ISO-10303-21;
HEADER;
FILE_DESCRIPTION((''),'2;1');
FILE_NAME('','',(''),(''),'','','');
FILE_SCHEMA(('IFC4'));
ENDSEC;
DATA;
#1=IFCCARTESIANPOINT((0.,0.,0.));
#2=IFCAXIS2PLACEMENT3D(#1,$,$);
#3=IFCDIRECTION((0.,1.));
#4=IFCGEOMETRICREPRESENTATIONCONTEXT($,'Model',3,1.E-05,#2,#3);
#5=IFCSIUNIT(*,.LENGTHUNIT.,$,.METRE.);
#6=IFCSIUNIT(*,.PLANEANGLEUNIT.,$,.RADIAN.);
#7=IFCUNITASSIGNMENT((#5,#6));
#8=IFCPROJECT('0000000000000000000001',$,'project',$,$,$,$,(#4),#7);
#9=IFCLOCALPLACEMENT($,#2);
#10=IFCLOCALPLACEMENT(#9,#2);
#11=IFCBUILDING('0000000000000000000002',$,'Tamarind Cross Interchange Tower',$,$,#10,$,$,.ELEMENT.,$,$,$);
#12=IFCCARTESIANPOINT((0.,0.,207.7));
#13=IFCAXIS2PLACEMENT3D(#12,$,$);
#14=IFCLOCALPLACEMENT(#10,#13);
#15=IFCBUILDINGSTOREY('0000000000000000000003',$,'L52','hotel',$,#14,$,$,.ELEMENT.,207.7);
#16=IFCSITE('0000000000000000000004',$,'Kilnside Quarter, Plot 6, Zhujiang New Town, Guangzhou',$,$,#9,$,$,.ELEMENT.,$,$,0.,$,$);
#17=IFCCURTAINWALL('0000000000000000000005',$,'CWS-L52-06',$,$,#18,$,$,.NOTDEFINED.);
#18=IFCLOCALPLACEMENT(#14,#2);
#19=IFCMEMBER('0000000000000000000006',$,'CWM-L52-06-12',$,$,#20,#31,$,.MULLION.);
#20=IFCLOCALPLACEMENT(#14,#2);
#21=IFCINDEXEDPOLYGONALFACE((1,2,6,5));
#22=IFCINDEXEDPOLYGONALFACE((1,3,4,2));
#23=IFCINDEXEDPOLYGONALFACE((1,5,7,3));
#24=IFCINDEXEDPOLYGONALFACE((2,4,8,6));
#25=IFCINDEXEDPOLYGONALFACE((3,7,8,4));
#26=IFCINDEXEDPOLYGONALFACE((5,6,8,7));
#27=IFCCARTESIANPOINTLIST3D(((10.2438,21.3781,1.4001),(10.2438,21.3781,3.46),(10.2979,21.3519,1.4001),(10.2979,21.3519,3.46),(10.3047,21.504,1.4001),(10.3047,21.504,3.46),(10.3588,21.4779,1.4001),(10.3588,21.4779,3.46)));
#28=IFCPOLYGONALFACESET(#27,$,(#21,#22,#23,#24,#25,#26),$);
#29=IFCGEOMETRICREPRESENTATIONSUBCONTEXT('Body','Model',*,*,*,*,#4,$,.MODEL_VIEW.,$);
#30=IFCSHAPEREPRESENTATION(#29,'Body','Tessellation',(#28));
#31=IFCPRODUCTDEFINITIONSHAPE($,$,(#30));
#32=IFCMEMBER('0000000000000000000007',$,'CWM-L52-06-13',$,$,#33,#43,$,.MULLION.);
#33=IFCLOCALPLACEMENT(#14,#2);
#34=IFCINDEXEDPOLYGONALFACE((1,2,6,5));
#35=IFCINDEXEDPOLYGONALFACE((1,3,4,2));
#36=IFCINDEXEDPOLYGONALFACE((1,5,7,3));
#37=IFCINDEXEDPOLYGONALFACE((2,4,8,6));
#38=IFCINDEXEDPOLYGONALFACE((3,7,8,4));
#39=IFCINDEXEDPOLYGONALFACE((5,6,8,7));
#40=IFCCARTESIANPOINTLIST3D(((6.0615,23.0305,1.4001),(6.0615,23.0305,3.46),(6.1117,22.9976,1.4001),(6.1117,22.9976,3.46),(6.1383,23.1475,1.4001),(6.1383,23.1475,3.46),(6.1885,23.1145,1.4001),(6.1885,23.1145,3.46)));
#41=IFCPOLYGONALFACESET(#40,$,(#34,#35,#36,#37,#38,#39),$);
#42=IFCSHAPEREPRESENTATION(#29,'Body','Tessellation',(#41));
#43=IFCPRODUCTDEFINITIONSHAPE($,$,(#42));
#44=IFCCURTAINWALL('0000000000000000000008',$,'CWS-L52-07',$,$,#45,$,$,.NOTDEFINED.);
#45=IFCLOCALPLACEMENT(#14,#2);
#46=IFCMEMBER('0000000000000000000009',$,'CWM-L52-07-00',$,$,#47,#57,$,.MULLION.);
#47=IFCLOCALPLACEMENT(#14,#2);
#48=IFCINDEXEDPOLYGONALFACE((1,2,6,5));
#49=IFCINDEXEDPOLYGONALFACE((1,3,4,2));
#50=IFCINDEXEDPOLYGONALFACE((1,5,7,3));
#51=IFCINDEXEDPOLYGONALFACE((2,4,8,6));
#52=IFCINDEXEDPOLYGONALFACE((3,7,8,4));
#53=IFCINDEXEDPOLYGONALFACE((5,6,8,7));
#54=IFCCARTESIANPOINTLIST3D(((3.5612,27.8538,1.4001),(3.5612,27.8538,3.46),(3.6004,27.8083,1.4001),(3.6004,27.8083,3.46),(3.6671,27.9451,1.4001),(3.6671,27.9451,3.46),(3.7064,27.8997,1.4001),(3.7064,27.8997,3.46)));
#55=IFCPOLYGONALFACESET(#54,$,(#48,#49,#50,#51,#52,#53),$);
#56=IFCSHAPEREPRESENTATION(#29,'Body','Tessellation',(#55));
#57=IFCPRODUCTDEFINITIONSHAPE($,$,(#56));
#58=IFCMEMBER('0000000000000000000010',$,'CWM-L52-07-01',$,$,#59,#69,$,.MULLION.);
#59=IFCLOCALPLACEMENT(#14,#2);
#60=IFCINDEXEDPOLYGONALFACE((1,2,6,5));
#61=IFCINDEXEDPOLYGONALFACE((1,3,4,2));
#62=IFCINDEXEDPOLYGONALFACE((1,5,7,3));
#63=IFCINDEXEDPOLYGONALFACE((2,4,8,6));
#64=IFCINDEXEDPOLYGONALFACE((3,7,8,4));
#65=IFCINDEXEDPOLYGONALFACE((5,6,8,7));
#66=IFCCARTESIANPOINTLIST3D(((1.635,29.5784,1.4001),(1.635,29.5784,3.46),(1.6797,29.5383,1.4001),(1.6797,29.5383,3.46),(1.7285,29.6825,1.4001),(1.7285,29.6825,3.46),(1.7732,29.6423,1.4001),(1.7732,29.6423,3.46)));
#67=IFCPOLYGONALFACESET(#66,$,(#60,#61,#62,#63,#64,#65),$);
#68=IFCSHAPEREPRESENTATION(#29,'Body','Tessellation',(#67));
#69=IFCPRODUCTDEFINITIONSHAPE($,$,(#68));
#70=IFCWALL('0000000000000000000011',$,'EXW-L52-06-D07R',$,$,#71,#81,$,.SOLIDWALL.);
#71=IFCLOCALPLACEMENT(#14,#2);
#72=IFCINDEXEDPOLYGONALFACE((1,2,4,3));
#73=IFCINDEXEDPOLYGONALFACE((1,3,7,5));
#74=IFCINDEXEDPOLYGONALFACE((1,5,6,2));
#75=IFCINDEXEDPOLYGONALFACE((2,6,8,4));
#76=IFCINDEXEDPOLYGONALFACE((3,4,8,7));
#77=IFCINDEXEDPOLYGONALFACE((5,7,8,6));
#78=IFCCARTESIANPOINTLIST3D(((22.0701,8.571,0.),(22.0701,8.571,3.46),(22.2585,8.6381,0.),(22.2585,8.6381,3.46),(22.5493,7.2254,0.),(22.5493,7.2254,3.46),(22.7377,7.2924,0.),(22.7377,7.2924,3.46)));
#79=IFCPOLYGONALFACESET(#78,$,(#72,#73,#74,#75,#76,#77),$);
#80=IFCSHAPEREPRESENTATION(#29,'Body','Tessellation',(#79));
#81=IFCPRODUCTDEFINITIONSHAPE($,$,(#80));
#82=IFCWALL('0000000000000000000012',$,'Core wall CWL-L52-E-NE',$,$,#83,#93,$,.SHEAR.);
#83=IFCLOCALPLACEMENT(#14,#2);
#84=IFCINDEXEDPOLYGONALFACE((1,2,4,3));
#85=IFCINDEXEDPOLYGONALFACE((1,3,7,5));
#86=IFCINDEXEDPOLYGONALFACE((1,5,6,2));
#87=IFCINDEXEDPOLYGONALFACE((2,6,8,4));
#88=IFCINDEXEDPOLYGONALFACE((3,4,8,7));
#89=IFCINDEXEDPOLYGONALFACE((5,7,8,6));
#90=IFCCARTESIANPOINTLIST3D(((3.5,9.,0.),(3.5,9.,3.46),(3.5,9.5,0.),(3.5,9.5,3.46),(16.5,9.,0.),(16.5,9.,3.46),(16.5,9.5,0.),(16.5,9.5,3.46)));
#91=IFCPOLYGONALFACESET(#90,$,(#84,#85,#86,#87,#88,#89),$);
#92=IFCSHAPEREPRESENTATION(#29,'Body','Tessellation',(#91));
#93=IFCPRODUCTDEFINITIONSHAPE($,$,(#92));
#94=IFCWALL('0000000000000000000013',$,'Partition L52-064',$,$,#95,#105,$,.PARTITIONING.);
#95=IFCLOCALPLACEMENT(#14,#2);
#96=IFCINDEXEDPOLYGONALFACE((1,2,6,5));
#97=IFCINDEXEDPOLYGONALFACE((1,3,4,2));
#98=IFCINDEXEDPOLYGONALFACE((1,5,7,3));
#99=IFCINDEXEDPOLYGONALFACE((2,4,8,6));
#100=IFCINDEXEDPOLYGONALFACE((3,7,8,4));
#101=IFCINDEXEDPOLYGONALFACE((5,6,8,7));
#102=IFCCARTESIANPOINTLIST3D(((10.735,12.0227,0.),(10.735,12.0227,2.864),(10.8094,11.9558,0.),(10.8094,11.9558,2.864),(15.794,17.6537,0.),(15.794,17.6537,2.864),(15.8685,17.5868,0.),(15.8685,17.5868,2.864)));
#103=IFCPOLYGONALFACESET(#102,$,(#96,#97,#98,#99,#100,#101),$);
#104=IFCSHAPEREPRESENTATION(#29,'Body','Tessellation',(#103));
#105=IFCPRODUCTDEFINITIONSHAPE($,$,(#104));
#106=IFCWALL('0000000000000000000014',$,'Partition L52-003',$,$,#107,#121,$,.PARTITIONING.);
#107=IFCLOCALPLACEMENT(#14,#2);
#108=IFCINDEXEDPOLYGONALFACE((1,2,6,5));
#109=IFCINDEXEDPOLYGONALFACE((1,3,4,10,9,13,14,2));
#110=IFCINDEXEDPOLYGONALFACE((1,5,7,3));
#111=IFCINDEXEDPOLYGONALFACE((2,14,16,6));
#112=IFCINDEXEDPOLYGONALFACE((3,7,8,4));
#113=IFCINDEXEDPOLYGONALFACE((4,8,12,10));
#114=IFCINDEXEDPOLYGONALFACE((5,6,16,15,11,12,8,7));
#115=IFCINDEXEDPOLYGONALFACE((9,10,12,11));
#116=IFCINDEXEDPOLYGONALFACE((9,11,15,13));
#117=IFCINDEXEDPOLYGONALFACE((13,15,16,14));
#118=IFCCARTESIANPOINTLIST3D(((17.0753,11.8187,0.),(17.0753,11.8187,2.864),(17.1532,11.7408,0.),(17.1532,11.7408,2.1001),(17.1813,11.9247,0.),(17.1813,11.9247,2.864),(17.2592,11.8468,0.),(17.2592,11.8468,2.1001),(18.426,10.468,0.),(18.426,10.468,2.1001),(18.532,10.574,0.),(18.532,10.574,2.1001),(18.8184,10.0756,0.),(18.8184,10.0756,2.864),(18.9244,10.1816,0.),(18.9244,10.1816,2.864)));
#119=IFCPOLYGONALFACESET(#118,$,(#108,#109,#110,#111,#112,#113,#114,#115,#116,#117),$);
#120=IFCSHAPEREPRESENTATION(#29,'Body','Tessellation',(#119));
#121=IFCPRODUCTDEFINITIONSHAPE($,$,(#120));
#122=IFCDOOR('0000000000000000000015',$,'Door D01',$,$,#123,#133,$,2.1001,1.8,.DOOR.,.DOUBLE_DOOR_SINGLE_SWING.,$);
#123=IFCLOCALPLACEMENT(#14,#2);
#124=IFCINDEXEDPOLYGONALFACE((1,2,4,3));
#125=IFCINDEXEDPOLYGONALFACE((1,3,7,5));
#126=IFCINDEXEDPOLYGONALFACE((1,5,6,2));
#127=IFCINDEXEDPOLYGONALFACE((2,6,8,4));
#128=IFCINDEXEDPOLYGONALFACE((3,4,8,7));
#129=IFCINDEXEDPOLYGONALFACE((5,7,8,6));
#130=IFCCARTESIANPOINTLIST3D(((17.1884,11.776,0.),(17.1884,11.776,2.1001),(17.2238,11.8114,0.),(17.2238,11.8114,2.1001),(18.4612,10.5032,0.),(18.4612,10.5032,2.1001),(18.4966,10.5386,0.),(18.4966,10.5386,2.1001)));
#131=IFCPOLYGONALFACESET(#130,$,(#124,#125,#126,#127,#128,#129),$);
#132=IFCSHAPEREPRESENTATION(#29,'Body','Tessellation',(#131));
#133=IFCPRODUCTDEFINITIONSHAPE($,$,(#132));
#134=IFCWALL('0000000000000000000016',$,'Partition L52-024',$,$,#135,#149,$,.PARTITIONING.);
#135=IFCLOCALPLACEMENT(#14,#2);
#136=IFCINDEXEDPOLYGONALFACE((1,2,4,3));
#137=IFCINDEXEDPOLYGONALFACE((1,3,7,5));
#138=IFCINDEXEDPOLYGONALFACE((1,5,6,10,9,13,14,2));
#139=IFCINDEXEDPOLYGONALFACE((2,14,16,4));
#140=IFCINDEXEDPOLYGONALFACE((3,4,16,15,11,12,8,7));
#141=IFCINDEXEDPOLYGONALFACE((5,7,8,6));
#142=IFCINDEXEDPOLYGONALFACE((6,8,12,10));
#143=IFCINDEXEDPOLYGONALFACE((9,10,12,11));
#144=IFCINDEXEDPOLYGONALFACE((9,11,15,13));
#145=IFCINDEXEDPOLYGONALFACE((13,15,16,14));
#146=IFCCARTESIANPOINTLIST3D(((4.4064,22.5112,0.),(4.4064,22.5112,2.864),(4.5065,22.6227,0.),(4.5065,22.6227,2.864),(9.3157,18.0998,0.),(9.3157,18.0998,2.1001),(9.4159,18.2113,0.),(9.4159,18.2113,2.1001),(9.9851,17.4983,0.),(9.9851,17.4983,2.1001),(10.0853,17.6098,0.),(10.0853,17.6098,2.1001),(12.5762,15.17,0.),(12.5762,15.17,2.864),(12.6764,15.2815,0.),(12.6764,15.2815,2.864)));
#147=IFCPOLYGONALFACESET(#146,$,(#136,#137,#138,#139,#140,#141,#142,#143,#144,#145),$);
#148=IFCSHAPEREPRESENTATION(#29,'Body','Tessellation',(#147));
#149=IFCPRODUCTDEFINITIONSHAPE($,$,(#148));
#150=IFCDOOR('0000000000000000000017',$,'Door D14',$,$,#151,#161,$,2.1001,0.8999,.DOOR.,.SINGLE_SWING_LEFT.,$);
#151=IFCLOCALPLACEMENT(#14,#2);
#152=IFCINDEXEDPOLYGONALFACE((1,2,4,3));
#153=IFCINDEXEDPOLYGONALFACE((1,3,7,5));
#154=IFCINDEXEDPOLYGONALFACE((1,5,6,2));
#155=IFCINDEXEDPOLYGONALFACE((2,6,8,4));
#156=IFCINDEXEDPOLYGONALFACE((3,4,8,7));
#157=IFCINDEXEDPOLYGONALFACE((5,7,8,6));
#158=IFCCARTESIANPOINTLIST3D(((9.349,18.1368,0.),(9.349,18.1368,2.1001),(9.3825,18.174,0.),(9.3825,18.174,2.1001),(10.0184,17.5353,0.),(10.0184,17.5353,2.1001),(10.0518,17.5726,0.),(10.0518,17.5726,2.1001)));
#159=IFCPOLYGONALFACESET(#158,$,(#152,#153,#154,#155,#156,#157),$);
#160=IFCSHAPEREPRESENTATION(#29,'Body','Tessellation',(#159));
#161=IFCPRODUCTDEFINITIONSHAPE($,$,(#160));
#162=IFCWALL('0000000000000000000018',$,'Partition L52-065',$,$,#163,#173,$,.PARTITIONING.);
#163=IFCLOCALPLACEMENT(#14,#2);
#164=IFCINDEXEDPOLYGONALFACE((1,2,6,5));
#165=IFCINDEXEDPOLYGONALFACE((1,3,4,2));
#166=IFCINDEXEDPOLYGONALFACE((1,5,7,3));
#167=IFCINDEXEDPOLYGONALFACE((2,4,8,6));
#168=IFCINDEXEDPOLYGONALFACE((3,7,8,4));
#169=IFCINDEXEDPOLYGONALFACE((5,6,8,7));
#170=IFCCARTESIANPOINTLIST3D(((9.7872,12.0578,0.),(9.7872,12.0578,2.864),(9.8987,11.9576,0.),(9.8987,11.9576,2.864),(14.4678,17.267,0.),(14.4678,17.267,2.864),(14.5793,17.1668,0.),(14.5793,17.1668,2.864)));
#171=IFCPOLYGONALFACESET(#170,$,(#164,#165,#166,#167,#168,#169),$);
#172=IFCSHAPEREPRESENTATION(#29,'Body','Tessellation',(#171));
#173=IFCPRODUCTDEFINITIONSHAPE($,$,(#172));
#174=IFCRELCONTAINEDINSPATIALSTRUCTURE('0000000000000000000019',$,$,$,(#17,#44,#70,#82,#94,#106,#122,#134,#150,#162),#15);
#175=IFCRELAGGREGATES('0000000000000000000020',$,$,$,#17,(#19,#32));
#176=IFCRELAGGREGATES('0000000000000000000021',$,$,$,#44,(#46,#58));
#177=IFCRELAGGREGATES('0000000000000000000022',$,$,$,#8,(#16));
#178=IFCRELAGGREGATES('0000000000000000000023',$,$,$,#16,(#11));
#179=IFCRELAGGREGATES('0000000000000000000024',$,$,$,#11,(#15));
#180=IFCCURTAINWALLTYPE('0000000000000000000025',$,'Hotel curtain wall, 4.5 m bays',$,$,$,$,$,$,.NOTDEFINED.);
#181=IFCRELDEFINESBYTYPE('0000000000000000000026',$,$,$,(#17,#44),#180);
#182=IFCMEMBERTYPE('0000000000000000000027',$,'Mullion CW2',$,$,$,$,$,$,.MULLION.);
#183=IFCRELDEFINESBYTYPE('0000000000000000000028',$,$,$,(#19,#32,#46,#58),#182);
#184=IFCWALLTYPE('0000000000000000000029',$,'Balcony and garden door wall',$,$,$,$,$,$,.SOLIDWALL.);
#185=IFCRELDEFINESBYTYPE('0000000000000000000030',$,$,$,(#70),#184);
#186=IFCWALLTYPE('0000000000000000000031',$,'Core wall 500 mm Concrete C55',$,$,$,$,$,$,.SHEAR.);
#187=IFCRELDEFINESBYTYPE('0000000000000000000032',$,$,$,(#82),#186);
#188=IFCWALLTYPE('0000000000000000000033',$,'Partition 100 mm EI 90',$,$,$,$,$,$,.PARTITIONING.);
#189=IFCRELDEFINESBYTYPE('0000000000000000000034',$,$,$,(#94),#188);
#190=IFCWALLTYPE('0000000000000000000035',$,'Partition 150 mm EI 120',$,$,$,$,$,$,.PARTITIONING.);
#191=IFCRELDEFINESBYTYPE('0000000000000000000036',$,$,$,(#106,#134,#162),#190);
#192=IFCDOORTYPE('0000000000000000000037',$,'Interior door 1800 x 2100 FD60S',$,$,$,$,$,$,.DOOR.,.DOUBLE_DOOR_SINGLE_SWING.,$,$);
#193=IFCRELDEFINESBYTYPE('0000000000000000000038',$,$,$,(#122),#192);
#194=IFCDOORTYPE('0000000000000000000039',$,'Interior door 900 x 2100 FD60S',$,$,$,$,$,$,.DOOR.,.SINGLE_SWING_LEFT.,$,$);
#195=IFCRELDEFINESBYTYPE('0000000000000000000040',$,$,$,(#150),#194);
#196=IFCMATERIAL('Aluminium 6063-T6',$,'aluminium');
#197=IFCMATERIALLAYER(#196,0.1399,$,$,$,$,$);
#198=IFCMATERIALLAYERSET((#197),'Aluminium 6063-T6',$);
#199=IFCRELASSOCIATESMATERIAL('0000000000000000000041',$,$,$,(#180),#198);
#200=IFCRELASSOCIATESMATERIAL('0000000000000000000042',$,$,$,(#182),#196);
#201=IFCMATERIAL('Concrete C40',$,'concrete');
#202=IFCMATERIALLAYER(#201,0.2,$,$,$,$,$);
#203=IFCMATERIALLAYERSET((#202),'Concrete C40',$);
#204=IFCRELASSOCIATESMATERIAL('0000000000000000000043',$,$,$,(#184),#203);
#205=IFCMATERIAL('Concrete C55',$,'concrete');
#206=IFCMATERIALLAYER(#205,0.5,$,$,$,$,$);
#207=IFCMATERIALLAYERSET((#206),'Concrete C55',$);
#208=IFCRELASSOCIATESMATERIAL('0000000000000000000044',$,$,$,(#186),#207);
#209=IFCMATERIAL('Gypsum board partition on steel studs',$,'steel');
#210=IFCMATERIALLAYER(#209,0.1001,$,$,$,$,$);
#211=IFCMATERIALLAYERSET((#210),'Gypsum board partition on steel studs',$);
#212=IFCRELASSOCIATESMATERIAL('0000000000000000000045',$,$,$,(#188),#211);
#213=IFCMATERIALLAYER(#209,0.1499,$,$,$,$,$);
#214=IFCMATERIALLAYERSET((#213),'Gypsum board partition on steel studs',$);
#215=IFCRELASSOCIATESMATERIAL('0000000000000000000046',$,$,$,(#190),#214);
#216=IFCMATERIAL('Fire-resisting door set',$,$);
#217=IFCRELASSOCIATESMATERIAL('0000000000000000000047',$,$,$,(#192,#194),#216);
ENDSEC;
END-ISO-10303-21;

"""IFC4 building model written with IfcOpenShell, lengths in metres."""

from ifc_helpers import new_model, si_unit, direction, frame, frame_2d, origin, origin_2d, place, context, subcontext, project, spatial, rectangle, extrude, material, layer, layer_set, material_profile, profile_set, type_object, element, fill, aggregate, save


model = new_model("IFC4")

# Units and contexts
model_context = context("Model", 3, precision=1e-05, world=origin(), true_north=direction((0.0, 1.0)))
body_context = subcontext(model_context, "Body", "Model", "MODEL_VIEW")
ifc_project = project(units=[si_unit("LENGTHUNIT", "METRE"), si_unit("PLANEANGLEUNIT", "RADIAN")], contexts=[model_context])

# Site, building, storey
site_placement = place(None, origin())
site = spatial("IfcSite", under=ifc_project, at=site_placement, Name="Kilnside Quarter, Plot 6, Zhujiang New Town, Guangzhou", CompositionType="ELEMENT", RefElevation=0.0)
building_placement = place(site_placement, origin())
building = spatial("IfcBuilding", under=site, at=building_placement, Name="Tamarind Cross Interchange Tower", CompositionType="ELEMENT")
storey_placement = place(building_placement, frame((0.0, 0.0, 207.7)))
storey = spatial("IfcBuildingStorey", under=building, at=storey_placement, Name="L52", Description="hotel", CompositionType="ELEMENT", Elevation=207.7)

# Shared definitions
ifc_material_1 = material(Name="Concrete C55", Category="concrete")

# Curtain walls, members
ifc_material_2 = material(Name="Aluminium 6063-T6", Category="aluminium")
ifc_layer_1 = layer(ifc_material_2, 0.1399)
ifc_layer_set_1 = layer_set([ifc_layer_1], Name="Aluminium 6063-T6")
curtain_wall_type = type_object("IfcCurtainWallType", Name="Hotel curtain wall, 4.5 m bays", PredefinedType="NOTDEFINED", material=ifc_layer_set_1)
curtain_wall_1_placement = place(storey_placement, origin())
curtain_wall_1 = element("IfcCurtainWall", 1, at=curtain_wall_1_placement, inside=storey, type_object=curtain_wall_type, Name="CWS-L52-06", PredefinedType="NOTDEFINED")
ifc_material_profile_1 = material_profile(ifc_material_2, rectangle(XDim=0.0601, YDim=0.1399, at=origin_2d()), Name="Mullion CW2")
ifc_profile_set_1 = profile_set([ifc_material_profile_1], Name="Aluminium 6063-T6")
member_type = type_object("IfcMemberType", Name="Mullion CW2", PredefinedType="MULLION", material=ifc_profile_set_1)
member_1_placement = place(storey_placement, frame((10.3013, 21.428, 1.4001), z_axis=(0.0, 0.0, 1.0), x_axis=(-0.900273, 0.435326, 0.0)))
member_1 = element("IfcMember", 2, at=member_1_placement, type_object=member_type, Name="CWM-L52-06-12", PredefinedType="MULLION", context=body_context, shape_type="SweptSolid", body=[
    extrude(rectangle(XDim=0.0601, YDim=0.1399, at=origin_2d()), origin(), (0.0, 0.0, 1.0), 2.0598),
])
member_2_placement = place(storey_placement, frame((6.125, 23.0725, 1.4001), z_axis=(0.0, 0.0, 1.0), x_axis=(-0.835753, 0.549105, 0.0)))
member_2 = element("IfcMember", 3, at=member_2_placement, type_object=member_type, Name="CWM-L52-06-13", PredefinedType="MULLION", context=body_context, shape_type="SweptSolid", body=[
    extrude(rectangle(XDim=0.0601, YDim=0.1399, at=origin_2d()), origin(), (0.0, 0.0, 1.0), 2.0598),
])
aggregate(curtain_wall_1, [member_1, member_2])
curtain_wall_2_placement = place(storey_placement, origin())
curtain_wall_2 = element("IfcCurtainWall", 4, at=curtain_wall_2_placement, inside=storey, type_object=curtain_wall_type, Name="CWS-L52-07", PredefinedType="NOTDEFINED")
member_3_placement = place(storey_placement, frame((3.6338, 27.8767, 1.4001), z_axis=(0.0, 0.0, 1.0), x_axis=(-0.653112, 0.757261, 0.0)))
member_3 = element("IfcMember", 5, at=member_3_placement, type_object=member_type, Name="CWM-L52-07-00", PredefinedType="MULLION", context=body_context, shape_type="SweptSolid", body=[
    extrude(rectangle(XDim=0.0601, YDim=0.1399, at=origin_2d()), origin(), (0.0, 0.0, 1.0), 2.0598),
])
member_4_placement = place(storey_placement, frame((1.7041, 29.6104, 1.4001), z_axis=(0.0, 0.0, 1.0), x_axis=(-0.743854, 0.668342, 0.0)))
member_4 = element("IfcMember", 6, at=member_4_placement, type_object=member_type, Name="CWM-L52-07-01", PredefinedType="MULLION", context=body_context, shape_type="SweptSolid", body=[
    extrude(rectangle(XDim=0.0601, YDim=0.1399, at=origin_2d()), origin(), (0.0, 0.0, 1.0), 2.0598),
])
aggregate(curtain_wall_2, [member_3, member_4])

# Walls
ifc_material_3 = material(Name="Concrete C40", Category="concrete")
ifc_layer_2 = layer(ifc_material_3, 0.2)
ifc_layer_set_2 = layer_set([ifc_layer_2], Name="Concrete C40")
wall_type_1 = type_object("IfcWallType", Name="Balcony and garden door wall", PredefinedType="SOLIDWALL", material=ifc_layer_set_2)
wall_1_placement = place(storey_placement, frame((22.6436, 7.2588, 0.0), z_axis=(0.0, 0.0, 1.0), x_axis=(-0.335492, 0.942043, 0.0)))
element("IfcWall", 7, at=wall_1_placement, inside=storey, type_object=wall_type_1, Name="EXW-L52-06-D07R", PredefinedType="SOLIDWALL", context=body_context, shape_type="SweptSolid", body=[
    extrude(rectangle(XDim=1.4285, YDim=0.2, at=frame_2d((0.7144, 0.0))), origin(), (0.0, 0.0, 1.0), 3.46),
])
ifc_layer_3 = layer(ifc_material_1, 0.5)
ifc_layer_set_3 = layer_set([ifc_layer_3], Name="Concrete C55")
wall_type_2 = type_object("IfcWallType", Name="Core wall 500 mm Concrete C55", PredefinedType="SHEAR", material=ifc_layer_set_3)
wall_2_placement = place(storey_placement, frame((16.5, 9.25, 0.0), z_axis=(0.0, 0.0, 1.0), x_axis=(-1.0, 0.0, 0.0)))
element("IfcWall", 8, at=wall_2_placement, inside=storey, type_object=wall_type_2, Name="Core wall CWL-L52-E-NE", PredefinedType="SHEAR", context=body_context, shape_type="SweptSolid", body=[
    extrude(rectangle(XDim=13.0, YDim=0.5, at=frame_2d((6.5, 0.0))), origin(), (0.0, 0.0, 1.0), 3.46),
])
ifc_material_4 = material(Name="Gypsum board partition on steel studs", Category="steel")
ifc_layer_4 = layer(ifc_material_4, 0.1001)
ifc_layer_set_4 = layer_set([ifc_layer_4], Name="Gypsum board partition on steel studs")
wall_type_3 = type_object("IfcWallType", Name="Partition 100 mm EI 90", PredefinedType="PARTITIONING", material=ifc_layer_set_4)
wall_3_placement = place(storey_placement, frame((10.7722, 11.9893, 0.0), z_axis=(0.0, 0.0, 1.0), x_axis=(0.668314, 0.743879, 0.0)))
element("IfcWall", 9, at=wall_3_placement, inside=storey, type_object=wall_type_3, Name="Partition L52-064", PredefinedType="PARTITIONING", context=body_context, shape_type="SweptSolid", body=[
    extrude(rectangle(XDim=7.5698, YDim=0.1001, at=frame_2d((3.7849, 0.0))), origin(), (0.0, 0.0, 1.0), 2.864),
])

# Walls, openings, doors
ifc_layer_5 = layer(ifc_material_4, 0.1499)
ifc_layer_set_5 = layer_set([ifc_layer_5], Name="Gypsum board partition on steel studs")
wall_type_4 = type_object("IfcWallType", Name="Partition 150 mm EI 120", PredefinedType="PARTITIONING", material=ifc_layer_set_5)
wall_4_placement = place(storey_placement, frame((17.1284, 11.8716, 0.0), z_axis=(0.0, 0.0, 1.0), x_axis=(0.707107, -0.707107, 0.0)))
wall_4 = element("IfcWall", 10, at=wall_4_placement, inside=storey, type_object=wall_type_4, Name="Partition L52-003", PredefinedType="PARTITIONING", context=body_context, shape_type="SweptSolid", body=[
    extrude(rectangle(XDim=2.4651, YDim=0.1499, at=frame_2d((1.2324, 0.0))), origin(), (0.0, 0.0, 1.0), 2.864),
])
opening_1_placement = place(wall_4_placement, frame((0.1101, 0.0, 0.0)))
opening_1 = element("IfcOpeningElement", 11, at=opening_1_placement, cuts=wall_4, PredefinedType="OPENING", context=body_context, shape_type="SweptSolid", body=[
    extrude(rectangle(XDim=1.8, YDim=2.1001, at=frame_2d((0.8999, 1.05))), frame((0.0, 0.085, 0.0), z_axis=(0.0, -1.0, 0.0), x_axis=(1.0, 0.0, 0.0)), (0.0, 0.0, 1.0), 0.1699),
])
ifc_material_5 = material(Name="Fire-resisting door set")
door_type_1 = type_object("IfcDoorType", Name="Interior door 1800 x 2100 FD60S", OperationType="DOUBLE_DOOR_SINGLE_SWING", PredefinedType="DOOR", material=ifc_material_5)
door_1_placement = place(opening_1_placement, origin())
door_1 = element("IfcDoor", 12, at=door_1_placement, inside=storey, type_object=door_type_1, Name="Door D01", OperationType="DOUBLE_DOOR_SINGLE_SWING", OverallHeight=2.1001, OverallWidth=1.8, PredefinedType="DOOR", context=body_context, shape_type="SweptSolid", body=[
    extrude(rectangle(XDim=1.8, YDim=2.1001, at=frame_2d((0.8999, 1.05))), frame((0.0, 0.0249, 0.0), z_axis=(0.0, -1.0, 0.0), x_axis=(1.0, 0.0, 0.0)), (0.0, 0.0, 1.0), 0.05),
])
fill(opening_1, door_1)
wall_5_placement = place(storey_placement, frame((4.4565, 22.5669, 0.0), z_axis=(0.0, 0.0, 1.0), x_axis=(0.74382, -0.66838, 0.0)))
wall_5 = element("IfcWall", 13, at=wall_5_placement, inside=storey, type_object=wall_type_4, Name="Partition L52-024", PredefinedType="PARTITIONING", context=body_context, shape_type="SweptSolid", body=[
    extrude(rectangle(XDim=10.9836, YDim=0.1499, at=frame_2d((5.4917, 0.0))), origin(), (0.0, 0.0, 1.0), 2.864),
])
opening_2_placement = place(wall_5_placement, frame((6.6001, 0.0, 0.0)))
opening_2 = element("IfcOpeningElement", 14, at=opening_2_placement, cuts=wall_5, PredefinedType="OPENING", context=body_context, shape_type="SweptSolid", body=[
    extrude(rectangle(XDim=0.8999, YDim=2.1001, at=frame_2d((0.45, 1.05))), frame((0.0, 0.085, 0.0), z_axis=(0.0, -1.0, 0.0), x_axis=(1.0, 0.0, 0.0)), (0.0, 0.0, 1.0), 0.1699),
])
door_type_2 = type_object("IfcDoorType", Name="Interior door 900 x 2100 FD60S", OperationType="SINGLE_SWING_LEFT", PredefinedType="DOOR", material=ifc_material_5)
door_2_placement = place(opening_2_placement, origin())
door_2 = element("IfcDoor", 15, at=door_2_placement, inside=storey, type_object=door_type_2, Name="Door D14", OperationType="SINGLE_SWING_LEFT", OverallHeight=2.1001, OverallWidth=0.8999, PredefinedType="DOOR", context=body_context, shape_type="SweptSolid", body=[
    extrude(rectangle(XDim=0.8999, YDim=2.1001, at=frame_2d((0.45, 1.05))), frame((0.0, 0.0249, 0.0), z_axis=(0.0, -1.0, 0.0), x_axis=(1.0, 0.0, 0.0)), (0.0, 0.0, 1.0), 0.05),
])
fill(opening_2, door_2)

# Wall
wall_6_placement = place(storey_placement, frame((9.843, 12.0078, 0.0), z_axis=(0.0, 0.0, 1.0), x_axis=(0.668362, 0.743836, 0.0)))
element("IfcWall", 16, at=wall_6_placement, inside=storey, type_object=wall_type_4, Name="Partition L52-065", PredefinedType="PARTITIONING", context=body_context, shape_type="SweptSolid", body=[
    extrude(rectangle(XDim=7.0032, YDim=0.1499, at=frame_2d((3.5015, 0.0))), origin(), (0.0, 0.0, 1.0), 2.864),
])

save(model, "model.ifc")
